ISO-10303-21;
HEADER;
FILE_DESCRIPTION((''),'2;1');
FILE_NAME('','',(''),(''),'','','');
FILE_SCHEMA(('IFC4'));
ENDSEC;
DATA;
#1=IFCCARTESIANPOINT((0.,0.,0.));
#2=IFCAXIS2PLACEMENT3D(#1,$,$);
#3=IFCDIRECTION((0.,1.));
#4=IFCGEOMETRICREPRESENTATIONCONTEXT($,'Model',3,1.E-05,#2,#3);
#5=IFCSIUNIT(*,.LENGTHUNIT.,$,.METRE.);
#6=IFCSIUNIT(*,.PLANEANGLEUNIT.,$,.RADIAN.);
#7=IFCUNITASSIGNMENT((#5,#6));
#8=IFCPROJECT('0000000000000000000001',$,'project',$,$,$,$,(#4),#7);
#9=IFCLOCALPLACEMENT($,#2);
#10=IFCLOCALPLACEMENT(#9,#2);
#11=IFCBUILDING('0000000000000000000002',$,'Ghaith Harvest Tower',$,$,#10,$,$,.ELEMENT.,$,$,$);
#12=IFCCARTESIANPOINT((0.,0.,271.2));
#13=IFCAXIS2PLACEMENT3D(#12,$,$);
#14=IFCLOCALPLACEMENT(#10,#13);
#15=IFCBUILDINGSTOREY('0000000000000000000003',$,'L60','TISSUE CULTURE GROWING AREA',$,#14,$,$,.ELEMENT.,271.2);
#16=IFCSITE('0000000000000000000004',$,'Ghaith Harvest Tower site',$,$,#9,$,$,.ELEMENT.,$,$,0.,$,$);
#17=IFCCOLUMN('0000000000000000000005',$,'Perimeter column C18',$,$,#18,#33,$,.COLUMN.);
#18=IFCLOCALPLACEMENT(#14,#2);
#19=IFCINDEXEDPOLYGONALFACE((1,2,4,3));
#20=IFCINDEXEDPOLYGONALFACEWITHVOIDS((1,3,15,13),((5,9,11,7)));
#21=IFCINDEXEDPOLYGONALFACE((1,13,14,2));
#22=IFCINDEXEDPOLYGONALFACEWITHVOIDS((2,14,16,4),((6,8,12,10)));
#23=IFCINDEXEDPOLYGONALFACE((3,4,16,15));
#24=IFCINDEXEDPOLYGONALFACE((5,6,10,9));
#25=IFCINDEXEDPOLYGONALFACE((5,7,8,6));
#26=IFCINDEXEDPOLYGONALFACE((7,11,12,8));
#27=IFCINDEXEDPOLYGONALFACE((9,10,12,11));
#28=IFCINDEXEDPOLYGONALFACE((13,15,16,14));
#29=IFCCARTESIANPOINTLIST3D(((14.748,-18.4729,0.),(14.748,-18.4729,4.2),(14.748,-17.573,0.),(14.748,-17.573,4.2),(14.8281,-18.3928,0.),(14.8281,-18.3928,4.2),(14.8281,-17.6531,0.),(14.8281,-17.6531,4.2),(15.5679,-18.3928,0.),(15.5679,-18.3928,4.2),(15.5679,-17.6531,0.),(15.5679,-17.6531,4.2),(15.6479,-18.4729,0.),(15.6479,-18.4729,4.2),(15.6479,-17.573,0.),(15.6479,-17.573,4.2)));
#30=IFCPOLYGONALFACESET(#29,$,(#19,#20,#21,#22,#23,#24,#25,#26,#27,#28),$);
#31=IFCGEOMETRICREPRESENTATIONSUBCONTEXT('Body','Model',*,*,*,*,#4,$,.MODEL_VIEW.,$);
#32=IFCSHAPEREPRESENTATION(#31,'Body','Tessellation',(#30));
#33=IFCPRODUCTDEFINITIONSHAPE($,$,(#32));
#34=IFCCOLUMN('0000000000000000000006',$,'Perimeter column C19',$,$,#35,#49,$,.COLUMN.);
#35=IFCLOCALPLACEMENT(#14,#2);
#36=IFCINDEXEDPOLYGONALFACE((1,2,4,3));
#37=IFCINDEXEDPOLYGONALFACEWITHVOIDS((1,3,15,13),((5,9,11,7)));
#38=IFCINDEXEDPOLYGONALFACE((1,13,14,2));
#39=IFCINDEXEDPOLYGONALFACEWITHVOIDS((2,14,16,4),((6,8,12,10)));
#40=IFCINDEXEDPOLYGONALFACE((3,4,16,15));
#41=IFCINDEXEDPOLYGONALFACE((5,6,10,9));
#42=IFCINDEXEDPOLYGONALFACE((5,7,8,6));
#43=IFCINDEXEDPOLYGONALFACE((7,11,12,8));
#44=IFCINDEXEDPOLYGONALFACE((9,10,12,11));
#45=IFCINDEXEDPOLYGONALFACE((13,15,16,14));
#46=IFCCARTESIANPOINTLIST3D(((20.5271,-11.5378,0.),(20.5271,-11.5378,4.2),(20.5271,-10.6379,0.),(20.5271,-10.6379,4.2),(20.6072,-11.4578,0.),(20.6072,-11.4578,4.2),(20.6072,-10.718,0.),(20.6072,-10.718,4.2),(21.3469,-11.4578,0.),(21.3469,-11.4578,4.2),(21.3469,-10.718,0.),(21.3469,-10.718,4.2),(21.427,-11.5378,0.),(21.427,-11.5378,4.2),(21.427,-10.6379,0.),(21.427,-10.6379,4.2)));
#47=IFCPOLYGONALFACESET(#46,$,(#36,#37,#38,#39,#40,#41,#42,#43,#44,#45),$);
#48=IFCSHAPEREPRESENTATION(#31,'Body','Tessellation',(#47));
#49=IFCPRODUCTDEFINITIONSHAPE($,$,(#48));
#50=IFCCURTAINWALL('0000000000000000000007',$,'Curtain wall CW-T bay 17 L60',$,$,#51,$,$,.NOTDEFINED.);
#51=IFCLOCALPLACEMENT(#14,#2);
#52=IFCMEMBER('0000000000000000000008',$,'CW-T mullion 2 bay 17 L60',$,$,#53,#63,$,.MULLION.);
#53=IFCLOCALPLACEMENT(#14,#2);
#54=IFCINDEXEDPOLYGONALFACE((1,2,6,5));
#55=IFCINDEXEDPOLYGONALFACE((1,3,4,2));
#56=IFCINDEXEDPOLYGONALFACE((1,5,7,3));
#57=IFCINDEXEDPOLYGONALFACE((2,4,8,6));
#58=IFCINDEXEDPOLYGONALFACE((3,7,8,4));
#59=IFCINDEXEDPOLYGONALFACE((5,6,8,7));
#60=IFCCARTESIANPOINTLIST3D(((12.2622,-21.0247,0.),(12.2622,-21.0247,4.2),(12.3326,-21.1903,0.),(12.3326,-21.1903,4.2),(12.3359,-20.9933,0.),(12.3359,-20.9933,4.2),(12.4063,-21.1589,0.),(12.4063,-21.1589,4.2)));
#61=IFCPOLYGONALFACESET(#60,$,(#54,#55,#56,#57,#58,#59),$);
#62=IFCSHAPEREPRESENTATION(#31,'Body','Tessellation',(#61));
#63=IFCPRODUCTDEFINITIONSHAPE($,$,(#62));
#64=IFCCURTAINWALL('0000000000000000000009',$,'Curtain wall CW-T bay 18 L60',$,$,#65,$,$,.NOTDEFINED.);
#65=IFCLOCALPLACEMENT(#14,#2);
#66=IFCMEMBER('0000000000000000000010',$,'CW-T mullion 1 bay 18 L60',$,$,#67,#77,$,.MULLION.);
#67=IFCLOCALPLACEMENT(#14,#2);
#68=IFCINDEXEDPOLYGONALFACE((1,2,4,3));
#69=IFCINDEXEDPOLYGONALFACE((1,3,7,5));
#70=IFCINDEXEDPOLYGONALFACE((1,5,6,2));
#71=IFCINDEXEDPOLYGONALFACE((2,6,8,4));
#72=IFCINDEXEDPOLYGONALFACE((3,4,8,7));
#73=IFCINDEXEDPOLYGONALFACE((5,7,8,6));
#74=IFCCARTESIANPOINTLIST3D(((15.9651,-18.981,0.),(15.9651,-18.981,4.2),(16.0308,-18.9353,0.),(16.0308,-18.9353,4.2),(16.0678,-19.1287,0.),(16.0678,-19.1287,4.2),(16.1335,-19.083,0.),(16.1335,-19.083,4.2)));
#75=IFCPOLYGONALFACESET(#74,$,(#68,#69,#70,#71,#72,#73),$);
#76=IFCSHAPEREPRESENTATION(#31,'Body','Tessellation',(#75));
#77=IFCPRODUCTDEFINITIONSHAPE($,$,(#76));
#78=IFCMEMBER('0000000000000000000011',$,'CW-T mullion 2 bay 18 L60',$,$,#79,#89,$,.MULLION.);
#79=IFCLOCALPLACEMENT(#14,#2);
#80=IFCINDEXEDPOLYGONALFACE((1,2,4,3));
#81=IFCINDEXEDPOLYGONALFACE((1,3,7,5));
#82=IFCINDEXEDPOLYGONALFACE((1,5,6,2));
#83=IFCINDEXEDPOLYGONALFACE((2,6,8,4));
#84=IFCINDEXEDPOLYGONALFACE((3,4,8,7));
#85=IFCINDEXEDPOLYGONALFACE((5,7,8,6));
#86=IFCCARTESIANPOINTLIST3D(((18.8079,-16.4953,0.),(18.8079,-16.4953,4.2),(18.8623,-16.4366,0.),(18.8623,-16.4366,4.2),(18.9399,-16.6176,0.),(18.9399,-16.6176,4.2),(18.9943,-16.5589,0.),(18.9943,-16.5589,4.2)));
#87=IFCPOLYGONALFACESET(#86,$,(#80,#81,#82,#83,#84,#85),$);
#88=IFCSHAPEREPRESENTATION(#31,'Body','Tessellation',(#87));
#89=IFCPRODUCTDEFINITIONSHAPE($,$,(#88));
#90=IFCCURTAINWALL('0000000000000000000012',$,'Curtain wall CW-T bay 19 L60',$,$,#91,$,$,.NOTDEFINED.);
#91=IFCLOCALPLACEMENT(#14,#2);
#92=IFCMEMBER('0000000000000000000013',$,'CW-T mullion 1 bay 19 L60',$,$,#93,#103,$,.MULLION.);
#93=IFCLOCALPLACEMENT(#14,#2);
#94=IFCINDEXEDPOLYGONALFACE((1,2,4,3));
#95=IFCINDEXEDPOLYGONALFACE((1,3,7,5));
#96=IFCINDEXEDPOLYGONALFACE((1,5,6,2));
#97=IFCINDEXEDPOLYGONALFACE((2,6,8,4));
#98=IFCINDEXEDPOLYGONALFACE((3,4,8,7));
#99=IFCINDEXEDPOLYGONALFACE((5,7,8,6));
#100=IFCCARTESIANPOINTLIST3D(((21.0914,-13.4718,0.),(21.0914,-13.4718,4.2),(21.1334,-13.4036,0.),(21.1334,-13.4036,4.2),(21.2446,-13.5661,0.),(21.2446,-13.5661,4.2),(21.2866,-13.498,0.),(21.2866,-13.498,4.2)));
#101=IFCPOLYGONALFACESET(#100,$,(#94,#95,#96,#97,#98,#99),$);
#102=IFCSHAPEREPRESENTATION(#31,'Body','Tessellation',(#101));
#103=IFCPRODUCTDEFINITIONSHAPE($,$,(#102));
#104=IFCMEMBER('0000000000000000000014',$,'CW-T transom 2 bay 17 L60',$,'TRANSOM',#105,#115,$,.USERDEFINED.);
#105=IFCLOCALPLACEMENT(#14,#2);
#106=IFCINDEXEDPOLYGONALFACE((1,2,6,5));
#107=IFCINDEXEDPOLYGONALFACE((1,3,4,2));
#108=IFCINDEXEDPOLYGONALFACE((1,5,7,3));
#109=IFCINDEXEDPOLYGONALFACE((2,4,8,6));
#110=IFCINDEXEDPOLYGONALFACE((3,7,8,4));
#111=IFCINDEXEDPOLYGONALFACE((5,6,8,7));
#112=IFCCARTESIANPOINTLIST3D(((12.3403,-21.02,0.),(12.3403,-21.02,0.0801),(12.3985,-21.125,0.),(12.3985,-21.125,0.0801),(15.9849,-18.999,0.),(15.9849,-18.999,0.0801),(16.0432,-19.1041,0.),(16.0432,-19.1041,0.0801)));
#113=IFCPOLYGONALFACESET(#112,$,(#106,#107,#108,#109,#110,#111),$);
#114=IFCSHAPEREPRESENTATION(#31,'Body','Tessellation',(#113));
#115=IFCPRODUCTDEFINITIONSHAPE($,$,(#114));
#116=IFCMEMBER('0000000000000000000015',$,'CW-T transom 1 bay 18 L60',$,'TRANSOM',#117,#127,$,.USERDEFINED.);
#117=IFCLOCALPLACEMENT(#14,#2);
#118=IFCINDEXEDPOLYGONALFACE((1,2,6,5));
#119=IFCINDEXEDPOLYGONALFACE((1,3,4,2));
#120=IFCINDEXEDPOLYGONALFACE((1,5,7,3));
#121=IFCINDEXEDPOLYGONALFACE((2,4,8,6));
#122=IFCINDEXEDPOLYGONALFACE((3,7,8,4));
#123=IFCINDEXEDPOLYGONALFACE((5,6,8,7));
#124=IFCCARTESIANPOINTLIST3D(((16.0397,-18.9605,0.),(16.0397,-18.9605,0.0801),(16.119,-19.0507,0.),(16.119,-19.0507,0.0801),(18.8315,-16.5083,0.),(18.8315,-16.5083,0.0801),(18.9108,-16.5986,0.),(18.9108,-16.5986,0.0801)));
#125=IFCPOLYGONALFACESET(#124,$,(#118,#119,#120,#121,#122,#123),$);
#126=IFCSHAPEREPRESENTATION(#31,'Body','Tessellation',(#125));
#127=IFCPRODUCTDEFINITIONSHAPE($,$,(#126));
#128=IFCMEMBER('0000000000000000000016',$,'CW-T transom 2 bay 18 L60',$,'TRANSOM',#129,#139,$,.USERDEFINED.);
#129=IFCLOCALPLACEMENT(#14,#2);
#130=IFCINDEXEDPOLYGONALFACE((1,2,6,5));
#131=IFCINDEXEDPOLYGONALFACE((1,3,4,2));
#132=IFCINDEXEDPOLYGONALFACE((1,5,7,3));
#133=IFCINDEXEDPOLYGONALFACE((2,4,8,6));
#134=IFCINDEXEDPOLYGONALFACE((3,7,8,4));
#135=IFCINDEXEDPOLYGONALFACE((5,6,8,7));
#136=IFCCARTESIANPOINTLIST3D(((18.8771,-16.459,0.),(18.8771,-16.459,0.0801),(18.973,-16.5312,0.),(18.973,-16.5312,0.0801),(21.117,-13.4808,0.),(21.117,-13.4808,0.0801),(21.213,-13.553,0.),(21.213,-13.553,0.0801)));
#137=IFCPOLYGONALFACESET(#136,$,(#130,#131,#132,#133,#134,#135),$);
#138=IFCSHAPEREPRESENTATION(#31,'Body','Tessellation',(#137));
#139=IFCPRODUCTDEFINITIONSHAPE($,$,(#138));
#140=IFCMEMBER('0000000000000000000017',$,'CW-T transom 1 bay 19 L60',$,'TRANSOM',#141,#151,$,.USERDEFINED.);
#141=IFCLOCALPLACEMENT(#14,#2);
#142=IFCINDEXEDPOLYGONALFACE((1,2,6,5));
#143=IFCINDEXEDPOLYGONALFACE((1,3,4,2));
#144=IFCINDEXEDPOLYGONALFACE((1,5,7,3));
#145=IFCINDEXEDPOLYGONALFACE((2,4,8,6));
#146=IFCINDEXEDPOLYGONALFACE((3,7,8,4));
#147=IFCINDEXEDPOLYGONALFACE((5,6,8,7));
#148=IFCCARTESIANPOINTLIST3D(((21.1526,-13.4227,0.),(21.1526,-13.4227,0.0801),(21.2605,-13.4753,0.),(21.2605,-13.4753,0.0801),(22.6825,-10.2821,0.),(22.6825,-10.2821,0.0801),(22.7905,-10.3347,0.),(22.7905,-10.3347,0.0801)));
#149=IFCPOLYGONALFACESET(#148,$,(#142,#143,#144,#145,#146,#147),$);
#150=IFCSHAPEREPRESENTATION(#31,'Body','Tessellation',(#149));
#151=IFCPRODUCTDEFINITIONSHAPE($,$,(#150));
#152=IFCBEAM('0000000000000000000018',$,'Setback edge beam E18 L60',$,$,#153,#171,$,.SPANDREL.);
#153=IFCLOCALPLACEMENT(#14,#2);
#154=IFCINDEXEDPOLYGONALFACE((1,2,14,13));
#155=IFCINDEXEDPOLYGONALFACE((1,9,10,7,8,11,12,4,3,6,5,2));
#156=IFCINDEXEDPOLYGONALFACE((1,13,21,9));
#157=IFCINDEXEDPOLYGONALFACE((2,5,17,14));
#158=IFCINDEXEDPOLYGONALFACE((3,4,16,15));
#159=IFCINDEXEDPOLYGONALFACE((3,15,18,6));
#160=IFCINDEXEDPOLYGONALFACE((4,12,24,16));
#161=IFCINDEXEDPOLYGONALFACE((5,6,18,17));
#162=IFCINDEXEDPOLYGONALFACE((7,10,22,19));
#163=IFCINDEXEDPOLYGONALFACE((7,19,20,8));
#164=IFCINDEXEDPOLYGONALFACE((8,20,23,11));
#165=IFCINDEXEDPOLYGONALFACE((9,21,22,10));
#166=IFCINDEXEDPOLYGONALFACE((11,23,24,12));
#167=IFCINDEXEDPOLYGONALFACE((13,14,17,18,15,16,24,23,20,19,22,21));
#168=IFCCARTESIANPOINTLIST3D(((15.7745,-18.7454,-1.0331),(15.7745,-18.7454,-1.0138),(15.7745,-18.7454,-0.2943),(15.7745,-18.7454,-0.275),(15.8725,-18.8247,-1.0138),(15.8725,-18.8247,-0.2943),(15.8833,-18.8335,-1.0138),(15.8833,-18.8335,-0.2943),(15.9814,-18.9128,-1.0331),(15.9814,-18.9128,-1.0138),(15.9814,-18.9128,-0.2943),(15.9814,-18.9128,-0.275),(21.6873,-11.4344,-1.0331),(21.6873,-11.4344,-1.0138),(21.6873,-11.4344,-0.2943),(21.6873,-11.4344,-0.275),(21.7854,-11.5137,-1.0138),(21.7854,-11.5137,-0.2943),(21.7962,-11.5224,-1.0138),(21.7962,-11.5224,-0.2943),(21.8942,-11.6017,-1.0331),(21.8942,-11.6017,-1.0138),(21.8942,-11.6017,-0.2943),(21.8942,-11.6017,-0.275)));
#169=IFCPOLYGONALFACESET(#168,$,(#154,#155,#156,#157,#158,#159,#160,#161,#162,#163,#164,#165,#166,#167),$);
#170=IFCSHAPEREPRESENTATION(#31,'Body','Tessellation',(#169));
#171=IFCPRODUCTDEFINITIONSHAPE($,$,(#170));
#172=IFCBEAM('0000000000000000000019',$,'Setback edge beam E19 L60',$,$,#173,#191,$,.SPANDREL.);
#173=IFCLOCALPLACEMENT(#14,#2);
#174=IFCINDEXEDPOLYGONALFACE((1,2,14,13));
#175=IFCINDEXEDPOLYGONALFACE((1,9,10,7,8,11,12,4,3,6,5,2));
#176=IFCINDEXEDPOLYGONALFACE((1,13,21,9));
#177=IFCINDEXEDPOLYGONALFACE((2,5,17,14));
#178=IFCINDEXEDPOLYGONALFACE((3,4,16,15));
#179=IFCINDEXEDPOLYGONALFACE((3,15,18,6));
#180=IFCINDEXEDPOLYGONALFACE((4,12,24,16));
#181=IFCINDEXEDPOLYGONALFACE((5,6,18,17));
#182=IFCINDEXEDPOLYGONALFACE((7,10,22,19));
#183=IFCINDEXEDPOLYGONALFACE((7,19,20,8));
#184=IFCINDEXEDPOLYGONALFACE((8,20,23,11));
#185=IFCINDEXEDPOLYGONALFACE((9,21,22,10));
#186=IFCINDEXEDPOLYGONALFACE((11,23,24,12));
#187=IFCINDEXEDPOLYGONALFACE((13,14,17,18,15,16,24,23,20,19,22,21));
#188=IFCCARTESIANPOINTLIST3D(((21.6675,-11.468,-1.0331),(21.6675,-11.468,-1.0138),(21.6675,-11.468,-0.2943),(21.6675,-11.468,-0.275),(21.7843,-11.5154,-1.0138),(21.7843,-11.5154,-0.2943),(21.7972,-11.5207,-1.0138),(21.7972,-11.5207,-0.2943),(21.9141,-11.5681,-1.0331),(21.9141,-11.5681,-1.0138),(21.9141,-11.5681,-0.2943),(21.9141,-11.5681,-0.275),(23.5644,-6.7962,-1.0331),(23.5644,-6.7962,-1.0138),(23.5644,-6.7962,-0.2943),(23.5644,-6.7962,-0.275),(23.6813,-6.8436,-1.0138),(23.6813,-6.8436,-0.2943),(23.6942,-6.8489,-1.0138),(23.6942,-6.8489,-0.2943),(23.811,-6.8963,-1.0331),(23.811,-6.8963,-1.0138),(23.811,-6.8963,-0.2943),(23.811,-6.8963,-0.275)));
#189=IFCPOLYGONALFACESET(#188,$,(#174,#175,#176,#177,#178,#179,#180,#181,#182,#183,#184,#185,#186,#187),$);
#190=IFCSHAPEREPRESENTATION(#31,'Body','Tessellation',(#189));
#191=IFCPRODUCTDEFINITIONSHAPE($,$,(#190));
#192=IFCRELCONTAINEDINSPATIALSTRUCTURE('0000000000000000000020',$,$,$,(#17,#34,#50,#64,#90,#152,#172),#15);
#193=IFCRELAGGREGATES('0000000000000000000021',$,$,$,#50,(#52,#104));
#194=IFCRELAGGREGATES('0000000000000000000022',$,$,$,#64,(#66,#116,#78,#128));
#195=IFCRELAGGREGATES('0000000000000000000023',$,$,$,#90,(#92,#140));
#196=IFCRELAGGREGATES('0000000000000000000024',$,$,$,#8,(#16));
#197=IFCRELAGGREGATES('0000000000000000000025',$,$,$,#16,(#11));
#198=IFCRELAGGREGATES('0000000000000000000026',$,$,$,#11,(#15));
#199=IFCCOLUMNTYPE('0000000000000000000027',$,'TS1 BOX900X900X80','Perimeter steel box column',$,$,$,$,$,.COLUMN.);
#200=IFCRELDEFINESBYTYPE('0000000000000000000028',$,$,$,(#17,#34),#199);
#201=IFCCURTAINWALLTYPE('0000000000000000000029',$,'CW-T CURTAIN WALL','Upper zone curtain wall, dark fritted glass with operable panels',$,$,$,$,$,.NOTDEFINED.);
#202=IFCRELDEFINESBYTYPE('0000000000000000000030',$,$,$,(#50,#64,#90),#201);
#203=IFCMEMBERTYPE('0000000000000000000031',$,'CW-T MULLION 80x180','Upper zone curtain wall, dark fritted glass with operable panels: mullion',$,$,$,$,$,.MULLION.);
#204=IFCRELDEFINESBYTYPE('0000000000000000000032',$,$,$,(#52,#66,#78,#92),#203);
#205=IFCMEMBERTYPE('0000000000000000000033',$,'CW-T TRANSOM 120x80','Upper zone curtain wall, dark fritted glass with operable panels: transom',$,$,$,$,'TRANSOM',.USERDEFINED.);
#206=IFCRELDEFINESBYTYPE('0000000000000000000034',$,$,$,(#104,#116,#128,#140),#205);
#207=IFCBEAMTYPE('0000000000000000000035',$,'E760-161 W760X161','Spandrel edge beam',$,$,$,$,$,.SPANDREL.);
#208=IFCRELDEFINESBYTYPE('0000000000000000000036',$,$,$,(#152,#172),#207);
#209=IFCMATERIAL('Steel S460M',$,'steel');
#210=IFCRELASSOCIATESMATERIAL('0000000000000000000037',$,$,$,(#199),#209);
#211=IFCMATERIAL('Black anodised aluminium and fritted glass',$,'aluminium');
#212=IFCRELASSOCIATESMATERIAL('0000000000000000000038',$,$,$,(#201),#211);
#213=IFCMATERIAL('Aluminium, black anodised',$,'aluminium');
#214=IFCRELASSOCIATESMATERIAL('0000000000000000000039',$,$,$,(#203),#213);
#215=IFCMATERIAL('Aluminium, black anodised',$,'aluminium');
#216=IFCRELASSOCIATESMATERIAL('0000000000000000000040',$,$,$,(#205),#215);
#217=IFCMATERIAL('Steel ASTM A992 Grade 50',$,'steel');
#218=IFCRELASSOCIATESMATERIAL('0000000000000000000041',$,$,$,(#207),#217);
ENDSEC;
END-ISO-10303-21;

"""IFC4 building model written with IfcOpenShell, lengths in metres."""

from ifc_helpers import new_model, si_unit, direction, frame, origin, origin_2d, place, context, subcontext, project, spatial, rectangle, hollow_rectangle, i_section, extrude, material, material_profile, profile_set, type_object, element, aggregate, save


model = new_model("IFC4")

# Units and contexts
model_context = context("Model", 3, precision=1e-05, world=origin(), true_north=direction((0.0, 1.0)))
body_context = subcontext(model_context, "Body", "Model", "MODEL_VIEW")
ifc_project = project(units=[si_unit("LENGTHUNIT", "METRE"), si_unit("PLANEANGLEUNIT", "RADIAN")], contexts=[model_context])

# Site, building, storey
site_placement = place(None, origin())
site = spatial("IfcSite", under=ifc_project, at=site_placement, Name="Ghaith Harvest Tower site", CompositionType="ELEMENT", RefElevation=0.0)
building_placement = place(site_placement, origin())
building = spatial("IfcBuilding", under=site, at=building_placement, Name="Ghaith Harvest Tower", CompositionType="ELEMENT")
storey_placement = place(building_placement, frame((0.0, 0.0, 271.2)))
storey = spatial("IfcBuildingStorey", under=building, at=storey_placement, Name="L60", Description="TISSUE CULTURE GROWING AREA", CompositionType="ELEMENT", Elevation=271.2)

# Columns
ifc_material_1 = material(Name="Steel S460M", Category="steel")
ifc_material_profile_1 = material_profile(ifc_material_1, hollow_rectangle(XDim=0.8999, YDim=0.8999, WallThickness=0.0801, at=origin_2d()), Name="BOX900X900X80")
ifc_profile_set_1 = profile_set([ifc_material_profile_1], Name="Steel S460M")
column_type = type_object("IfcColumnType", Name="TS1 BOX900X900X80", Description="Perimeter steel box column", PredefinedType="COLUMN", material=ifc_profile_set_1)
for number, where, z_axis, x_axis, name in (
    (1, (15.198, -18.0229, 0.0), (0.0, 0.0, 1.0), (1.0, 0.0, 0.0), "Perimeter column C18"),
    (2, (20.9771, -11.0879, 0.0), (0.0, 0.0, 1.0), (1.0, 0.0, 0.0), "Perimeter column C19"),
):
    element("IfcColumn", number, at=place(storey_placement, frame(where, z_axis=z_axis, x_axis=x_axis)), inside=storey, type_object=column_type, Name=name, PredefinedType="COLUMN", context=body_context, shape_type="SweptSolid", body=[
        extrude(hollow_rectangle(XDim=0.8999, YDim=0.8999, WallThickness=0.0801, at=origin_2d()), origin(), (0.0, 0.0, 1.0), 4.2),
    ])

# Curtain wall, member
ifc_material_2 = material(Name="Black anodised aluminium and fritted glass", Category="aluminium")
curtain_wall_type = type_object("IfcCurtainWallType", Name="CW-T CURTAIN WALL", Description="Upper zone curtain wall, dark fritted glass with operable panels", PredefinedType="NOTDEFINED", material=ifc_material_2)
curtain_wall_1_placement = place(storey_placement, origin())
curtain_wall_1 = element("IfcCurtainWall", 3, at=curtain_wall_1_placement, inside=storey, type_object=curtain_wall_type, Name="Curtain wall CW-T bay 17 L60", PredefinedType="NOTDEFINED")
ifc_material_3 = material(Name="Aluminium, black anodised", Category="aluminium")
ifc_material_profile_2 = material_profile(ifc_material_3, rectangle(XDim=0.0801, YDim=0.1799, at=origin_2d()), Name="CW-T MULLION 80x180")
ifc_profile_set_2 = profile_set([ifc_material_profile_2], Name="Aluminium, black anodised")
member_type_1 = type_object("IfcMemberType", Name="CW-T MULLION 80x180", Description="Upper zone curtain wall, dark fritted glass with operable panels: mullion", PredefinedType="MULLION", material=ifc_profile_set_2)
member_1_placement = place(storey_placement, frame((12.3342, -21.0918, 0.0), z_axis=(0.0, 0.0, 1.0), x_axis=(0.920319, 0.391168, 0.0)))
member_1 = element("IfcMember", 4, at=member_1_placement, type_object=member_type_1, Name="CW-T mullion 2 bay 17 L60", PredefinedType="MULLION", context=body_context, shape_type="SweptSolid", body=[
    extrude(rectangle(XDim=0.0801, YDim=0.1799, at=origin_2d()), origin(), (0.0, 0.0, 1.0), 4.2),
])

# Curtain wall, members
curtain_wall_2_placement = place(storey_placement, origin())
curtain_wall_2 = element("IfcCurtainWall", 5, at=curtain_wall_2_placement, inside=storey, type_object=curtain_wall_type, Name="Curtain wall CW-T bay 18 L60", PredefinedType="NOTDEFINED")
member_2_placement = place(storey_placement, frame((16.0493, -19.032, 0.0), z_axis=(0.0, 0.0, 1.0), x_axis=(0.821112, 0.570767, 0.0)))
member_2 = element("IfcMember", 6, at=member_2_placement, type_object=member_type_1, Name="CW-T mullion 1 bay 18 L60", PredefinedType="MULLION", context=body_context, shape_type="SweptSolid", body=[
    extrude(rectangle(XDim=0.0801, YDim=0.1799, at=origin_2d()), origin(), (0.0, 0.0, 1.0), 4.2),
])
member_3_placement = place(storey_placement, frame((18.9011, -16.5271, 0.0), z_axis=(0.0, 0.0, 1.0), x_axis=(0.679661, 0.733526, 0.0)))
member_3 = element("IfcMember", 7, at=member_3_placement, type_object=member_type_1, Name="CW-T mullion 2 bay 18 L60", PredefinedType="MULLION", context=body_context, shape_type="SweptSolid", body=[
    extrude(rectangle(XDim=0.0801, YDim=0.1799, at=origin_2d()), origin(), (0.0, 0.0, 1.0), 4.2),
])

# Curtain wall, member
curtain_wall_3_placement = place(storey_placement, origin())
curtain_wall_3 = element("IfcCurtainWall", 8, at=curtain_wall_3_placement, inside=storey, type_object=curtain_wall_type, Name="Curtain wall CW-T bay 19 L60", PredefinedType="NOTDEFINED")
member_4_placement = place(storey_placement, frame((21.189, -13.4849, 0.0), z_axis=(0.0, 0.0, 1.0), x_axis=(0.524482, 0.851421, 0.0)))
member_4 = element("IfcMember", 9, at=member_4_placement, type_object=member_type_1, Name="CW-T mullion 1 bay 19 L60", PredefinedType="MULLION", context=body_context, shape_type="SweptSolid", body=[
    extrude(rectangle(XDim=0.0801, YDim=0.1799, at=origin_2d()), origin(), (0.0, 0.0, 1.0), 4.2),
])

# Members
ifc_material_4 = material(Name="Aluminium, black anodised", Category="aluminium")
ifc_material_profile_3 = material_profile(ifc_material_4, rectangle(XDim=0.1201, YDim=0.0801, at=origin_2d()), Name="CW-T TRANSOM 120x80")
ifc_profile_set_3 = profile_set([ifc_material_profile_3], Name="Aluminium, black anodised")
member_type_2 = type_object("IfcMemberType", Name="CW-T TRANSOM 120x80", Description="Upper zone curtain wall, dark fritted glass with operable panels: transom", ElementType="TRANSOM", PredefinedType="USERDEFINED", material=ifc_profile_set_3)
member_5_placement = place(storey_placement, frame((12.3694, -21.0725, 0.04), z_axis=(0.874552, 0.484932, 0.0), x_axis=(-0.484932, 0.874552, 0.0)))
member_5 = element("IfcMember", 10, at=member_5_placement, type_object=member_type_2, Name="CW-T transom 2 bay 17 L60", ObjectType="TRANSOM", PredefinedType="USERDEFINED", context=body_context, shape_type="SweptSolid", body=[
    extrude(rectangle(XDim=0.1201, YDim=0.0801, at=origin_2d()), origin(), (0.0, 0.0, 1.0), 4.1675),
])
member_6_placement = place(storey_placement, frame((16.0793, -19.0056, 0.04), z_axis=(0.751326, 0.659931, 0.0), x_axis=(-0.659931, 0.751326, 0.0)))
member_6 = element("IfcMember", 11, at=member_6_placement, type_object=member_type_2, Name="CW-T transom 1 bay 18 L60", ObjectType="TRANSOM", PredefinedType="USERDEFINED", context=body_context, shape_type="SweptSolid", body=[
    extrude(rectangle(XDim=0.1201, YDim=0.0801, at=origin_2d()), origin(), (0.0, 0.0, 1.0), 3.7158),
])
member_7_placement = place(storey_placement, frame((18.925, -16.4951, 0.04), z_axis=(0.601079, 0.79919, 0.0), x_axis=(-0.79919, 0.601079, 0.0)))
member_7 = element("IfcMember", 12, at=member_7_placement, type_object=member_type_2, Name="CW-T transom 2 bay 18 L60", ObjectType="TRANSOM", PredefinedType="USERDEFINED", context=body_context, shape_type="SweptSolid", body=[
    extrude(rectangle(XDim=0.1201, YDim=0.0801, at=origin_2d()), origin(), (0.0, 0.0, 1.0), 3.7266),
])
member_8_placement = place(storey_placement, frame((21.2065, -13.449, 0.04), z_axis=(0.437965, 0.898992, 0.0), x_axis=(-0.898992, 0.437965, 0.0)))
member_8 = element("IfcMember", 13, at=member_8_placement, type_object=member_type_2, Name="CW-T transom 1 bay 19 L60", ObjectType="TRANSOM", PredefinedType="USERDEFINED", context=body_context, shape_type="SweptSolid", body=[
    extrude(rectangle(XDim=0.1201, YDim=0.0801, at=origin_2d()), origin(), (0.0, 0.0, 1.0), 3.4934),
])

# Beams
ifc_material_5 = material(Name="Steel ASTM A992 Grade 50", Category="steel")
ifc_material_profile_4 = material_profile(ifc_material_5, i_section(OverallWidth=0.2661, OverallDepth=0.7581, WebThickness=0.0139, FlangeThickness=0.0193, at=origin_2d()), Name="W760X161")
ifc_profile_set_4 = profile_set([ifc_material_profile_4], Name="Steel ASTM A992 Grade 50")
beam_type_1 = type_object("IfcBeamType", Name="E760-161 W760X161", Description="Spandrel edge beam", PredefinedType="SPANDREL", material=ifc_profile_set_4)
beam_1_placement = place(storey_placement, frame((15.8779, -18.8291, -0.6541), z_axis=(0.628837, 0.777537, 0.0), x_axis=(-0.777537, 0.628837, 0.0)))
element("IfcBeam", 14, at=beam_1_placement, inside=storey, type_object=beam_type_1, Name="Setback edge beam E18 L60", PredefinedType="SPANDREL", context=body_context, shape_type="SweptSolid", body=[
    extrude(i_section(OverallWidth=0.2661, OverallDepth=0.7581, WebThickness=0.0139, FlangeThickness=0.0193, at=origin_2d()), origin(), (0.0, 0.0, 1.0), 9.4028),
])
beam_2_placement = place(storey_placement, frame((21.7908, -11.5181, -0.6541), z_axis=(0.376211, 0.926534, 0.0), x_axis=(-0.926534, 0.376211, 0.0)))
element("IfcBeam", 15, at=beam_2_placement, inside=storey, type_object=beam_type_1, Name="Setback edge beam E19 L60", PredefinedType="SPANDREL", context=body_context, shape_type="SweptSolid", body=[
    extrude(i_section(OverallWidth=0.2661, OverallDepth=0.7581, WebThickness=0.0139, FlangeThickness=0.0193, at=origin_2d()), origin(), (0.0, 0.0, 1.0), 5.0422),
])

aggregate(curtain_wall_1, [member_1, member_5])
aggregate(curtain_wall_2, [member_2, member_6, member_3, member_7])
aggregate(curtain_wall_3, [member_4, member_8])

save(model, "model.ifc")
